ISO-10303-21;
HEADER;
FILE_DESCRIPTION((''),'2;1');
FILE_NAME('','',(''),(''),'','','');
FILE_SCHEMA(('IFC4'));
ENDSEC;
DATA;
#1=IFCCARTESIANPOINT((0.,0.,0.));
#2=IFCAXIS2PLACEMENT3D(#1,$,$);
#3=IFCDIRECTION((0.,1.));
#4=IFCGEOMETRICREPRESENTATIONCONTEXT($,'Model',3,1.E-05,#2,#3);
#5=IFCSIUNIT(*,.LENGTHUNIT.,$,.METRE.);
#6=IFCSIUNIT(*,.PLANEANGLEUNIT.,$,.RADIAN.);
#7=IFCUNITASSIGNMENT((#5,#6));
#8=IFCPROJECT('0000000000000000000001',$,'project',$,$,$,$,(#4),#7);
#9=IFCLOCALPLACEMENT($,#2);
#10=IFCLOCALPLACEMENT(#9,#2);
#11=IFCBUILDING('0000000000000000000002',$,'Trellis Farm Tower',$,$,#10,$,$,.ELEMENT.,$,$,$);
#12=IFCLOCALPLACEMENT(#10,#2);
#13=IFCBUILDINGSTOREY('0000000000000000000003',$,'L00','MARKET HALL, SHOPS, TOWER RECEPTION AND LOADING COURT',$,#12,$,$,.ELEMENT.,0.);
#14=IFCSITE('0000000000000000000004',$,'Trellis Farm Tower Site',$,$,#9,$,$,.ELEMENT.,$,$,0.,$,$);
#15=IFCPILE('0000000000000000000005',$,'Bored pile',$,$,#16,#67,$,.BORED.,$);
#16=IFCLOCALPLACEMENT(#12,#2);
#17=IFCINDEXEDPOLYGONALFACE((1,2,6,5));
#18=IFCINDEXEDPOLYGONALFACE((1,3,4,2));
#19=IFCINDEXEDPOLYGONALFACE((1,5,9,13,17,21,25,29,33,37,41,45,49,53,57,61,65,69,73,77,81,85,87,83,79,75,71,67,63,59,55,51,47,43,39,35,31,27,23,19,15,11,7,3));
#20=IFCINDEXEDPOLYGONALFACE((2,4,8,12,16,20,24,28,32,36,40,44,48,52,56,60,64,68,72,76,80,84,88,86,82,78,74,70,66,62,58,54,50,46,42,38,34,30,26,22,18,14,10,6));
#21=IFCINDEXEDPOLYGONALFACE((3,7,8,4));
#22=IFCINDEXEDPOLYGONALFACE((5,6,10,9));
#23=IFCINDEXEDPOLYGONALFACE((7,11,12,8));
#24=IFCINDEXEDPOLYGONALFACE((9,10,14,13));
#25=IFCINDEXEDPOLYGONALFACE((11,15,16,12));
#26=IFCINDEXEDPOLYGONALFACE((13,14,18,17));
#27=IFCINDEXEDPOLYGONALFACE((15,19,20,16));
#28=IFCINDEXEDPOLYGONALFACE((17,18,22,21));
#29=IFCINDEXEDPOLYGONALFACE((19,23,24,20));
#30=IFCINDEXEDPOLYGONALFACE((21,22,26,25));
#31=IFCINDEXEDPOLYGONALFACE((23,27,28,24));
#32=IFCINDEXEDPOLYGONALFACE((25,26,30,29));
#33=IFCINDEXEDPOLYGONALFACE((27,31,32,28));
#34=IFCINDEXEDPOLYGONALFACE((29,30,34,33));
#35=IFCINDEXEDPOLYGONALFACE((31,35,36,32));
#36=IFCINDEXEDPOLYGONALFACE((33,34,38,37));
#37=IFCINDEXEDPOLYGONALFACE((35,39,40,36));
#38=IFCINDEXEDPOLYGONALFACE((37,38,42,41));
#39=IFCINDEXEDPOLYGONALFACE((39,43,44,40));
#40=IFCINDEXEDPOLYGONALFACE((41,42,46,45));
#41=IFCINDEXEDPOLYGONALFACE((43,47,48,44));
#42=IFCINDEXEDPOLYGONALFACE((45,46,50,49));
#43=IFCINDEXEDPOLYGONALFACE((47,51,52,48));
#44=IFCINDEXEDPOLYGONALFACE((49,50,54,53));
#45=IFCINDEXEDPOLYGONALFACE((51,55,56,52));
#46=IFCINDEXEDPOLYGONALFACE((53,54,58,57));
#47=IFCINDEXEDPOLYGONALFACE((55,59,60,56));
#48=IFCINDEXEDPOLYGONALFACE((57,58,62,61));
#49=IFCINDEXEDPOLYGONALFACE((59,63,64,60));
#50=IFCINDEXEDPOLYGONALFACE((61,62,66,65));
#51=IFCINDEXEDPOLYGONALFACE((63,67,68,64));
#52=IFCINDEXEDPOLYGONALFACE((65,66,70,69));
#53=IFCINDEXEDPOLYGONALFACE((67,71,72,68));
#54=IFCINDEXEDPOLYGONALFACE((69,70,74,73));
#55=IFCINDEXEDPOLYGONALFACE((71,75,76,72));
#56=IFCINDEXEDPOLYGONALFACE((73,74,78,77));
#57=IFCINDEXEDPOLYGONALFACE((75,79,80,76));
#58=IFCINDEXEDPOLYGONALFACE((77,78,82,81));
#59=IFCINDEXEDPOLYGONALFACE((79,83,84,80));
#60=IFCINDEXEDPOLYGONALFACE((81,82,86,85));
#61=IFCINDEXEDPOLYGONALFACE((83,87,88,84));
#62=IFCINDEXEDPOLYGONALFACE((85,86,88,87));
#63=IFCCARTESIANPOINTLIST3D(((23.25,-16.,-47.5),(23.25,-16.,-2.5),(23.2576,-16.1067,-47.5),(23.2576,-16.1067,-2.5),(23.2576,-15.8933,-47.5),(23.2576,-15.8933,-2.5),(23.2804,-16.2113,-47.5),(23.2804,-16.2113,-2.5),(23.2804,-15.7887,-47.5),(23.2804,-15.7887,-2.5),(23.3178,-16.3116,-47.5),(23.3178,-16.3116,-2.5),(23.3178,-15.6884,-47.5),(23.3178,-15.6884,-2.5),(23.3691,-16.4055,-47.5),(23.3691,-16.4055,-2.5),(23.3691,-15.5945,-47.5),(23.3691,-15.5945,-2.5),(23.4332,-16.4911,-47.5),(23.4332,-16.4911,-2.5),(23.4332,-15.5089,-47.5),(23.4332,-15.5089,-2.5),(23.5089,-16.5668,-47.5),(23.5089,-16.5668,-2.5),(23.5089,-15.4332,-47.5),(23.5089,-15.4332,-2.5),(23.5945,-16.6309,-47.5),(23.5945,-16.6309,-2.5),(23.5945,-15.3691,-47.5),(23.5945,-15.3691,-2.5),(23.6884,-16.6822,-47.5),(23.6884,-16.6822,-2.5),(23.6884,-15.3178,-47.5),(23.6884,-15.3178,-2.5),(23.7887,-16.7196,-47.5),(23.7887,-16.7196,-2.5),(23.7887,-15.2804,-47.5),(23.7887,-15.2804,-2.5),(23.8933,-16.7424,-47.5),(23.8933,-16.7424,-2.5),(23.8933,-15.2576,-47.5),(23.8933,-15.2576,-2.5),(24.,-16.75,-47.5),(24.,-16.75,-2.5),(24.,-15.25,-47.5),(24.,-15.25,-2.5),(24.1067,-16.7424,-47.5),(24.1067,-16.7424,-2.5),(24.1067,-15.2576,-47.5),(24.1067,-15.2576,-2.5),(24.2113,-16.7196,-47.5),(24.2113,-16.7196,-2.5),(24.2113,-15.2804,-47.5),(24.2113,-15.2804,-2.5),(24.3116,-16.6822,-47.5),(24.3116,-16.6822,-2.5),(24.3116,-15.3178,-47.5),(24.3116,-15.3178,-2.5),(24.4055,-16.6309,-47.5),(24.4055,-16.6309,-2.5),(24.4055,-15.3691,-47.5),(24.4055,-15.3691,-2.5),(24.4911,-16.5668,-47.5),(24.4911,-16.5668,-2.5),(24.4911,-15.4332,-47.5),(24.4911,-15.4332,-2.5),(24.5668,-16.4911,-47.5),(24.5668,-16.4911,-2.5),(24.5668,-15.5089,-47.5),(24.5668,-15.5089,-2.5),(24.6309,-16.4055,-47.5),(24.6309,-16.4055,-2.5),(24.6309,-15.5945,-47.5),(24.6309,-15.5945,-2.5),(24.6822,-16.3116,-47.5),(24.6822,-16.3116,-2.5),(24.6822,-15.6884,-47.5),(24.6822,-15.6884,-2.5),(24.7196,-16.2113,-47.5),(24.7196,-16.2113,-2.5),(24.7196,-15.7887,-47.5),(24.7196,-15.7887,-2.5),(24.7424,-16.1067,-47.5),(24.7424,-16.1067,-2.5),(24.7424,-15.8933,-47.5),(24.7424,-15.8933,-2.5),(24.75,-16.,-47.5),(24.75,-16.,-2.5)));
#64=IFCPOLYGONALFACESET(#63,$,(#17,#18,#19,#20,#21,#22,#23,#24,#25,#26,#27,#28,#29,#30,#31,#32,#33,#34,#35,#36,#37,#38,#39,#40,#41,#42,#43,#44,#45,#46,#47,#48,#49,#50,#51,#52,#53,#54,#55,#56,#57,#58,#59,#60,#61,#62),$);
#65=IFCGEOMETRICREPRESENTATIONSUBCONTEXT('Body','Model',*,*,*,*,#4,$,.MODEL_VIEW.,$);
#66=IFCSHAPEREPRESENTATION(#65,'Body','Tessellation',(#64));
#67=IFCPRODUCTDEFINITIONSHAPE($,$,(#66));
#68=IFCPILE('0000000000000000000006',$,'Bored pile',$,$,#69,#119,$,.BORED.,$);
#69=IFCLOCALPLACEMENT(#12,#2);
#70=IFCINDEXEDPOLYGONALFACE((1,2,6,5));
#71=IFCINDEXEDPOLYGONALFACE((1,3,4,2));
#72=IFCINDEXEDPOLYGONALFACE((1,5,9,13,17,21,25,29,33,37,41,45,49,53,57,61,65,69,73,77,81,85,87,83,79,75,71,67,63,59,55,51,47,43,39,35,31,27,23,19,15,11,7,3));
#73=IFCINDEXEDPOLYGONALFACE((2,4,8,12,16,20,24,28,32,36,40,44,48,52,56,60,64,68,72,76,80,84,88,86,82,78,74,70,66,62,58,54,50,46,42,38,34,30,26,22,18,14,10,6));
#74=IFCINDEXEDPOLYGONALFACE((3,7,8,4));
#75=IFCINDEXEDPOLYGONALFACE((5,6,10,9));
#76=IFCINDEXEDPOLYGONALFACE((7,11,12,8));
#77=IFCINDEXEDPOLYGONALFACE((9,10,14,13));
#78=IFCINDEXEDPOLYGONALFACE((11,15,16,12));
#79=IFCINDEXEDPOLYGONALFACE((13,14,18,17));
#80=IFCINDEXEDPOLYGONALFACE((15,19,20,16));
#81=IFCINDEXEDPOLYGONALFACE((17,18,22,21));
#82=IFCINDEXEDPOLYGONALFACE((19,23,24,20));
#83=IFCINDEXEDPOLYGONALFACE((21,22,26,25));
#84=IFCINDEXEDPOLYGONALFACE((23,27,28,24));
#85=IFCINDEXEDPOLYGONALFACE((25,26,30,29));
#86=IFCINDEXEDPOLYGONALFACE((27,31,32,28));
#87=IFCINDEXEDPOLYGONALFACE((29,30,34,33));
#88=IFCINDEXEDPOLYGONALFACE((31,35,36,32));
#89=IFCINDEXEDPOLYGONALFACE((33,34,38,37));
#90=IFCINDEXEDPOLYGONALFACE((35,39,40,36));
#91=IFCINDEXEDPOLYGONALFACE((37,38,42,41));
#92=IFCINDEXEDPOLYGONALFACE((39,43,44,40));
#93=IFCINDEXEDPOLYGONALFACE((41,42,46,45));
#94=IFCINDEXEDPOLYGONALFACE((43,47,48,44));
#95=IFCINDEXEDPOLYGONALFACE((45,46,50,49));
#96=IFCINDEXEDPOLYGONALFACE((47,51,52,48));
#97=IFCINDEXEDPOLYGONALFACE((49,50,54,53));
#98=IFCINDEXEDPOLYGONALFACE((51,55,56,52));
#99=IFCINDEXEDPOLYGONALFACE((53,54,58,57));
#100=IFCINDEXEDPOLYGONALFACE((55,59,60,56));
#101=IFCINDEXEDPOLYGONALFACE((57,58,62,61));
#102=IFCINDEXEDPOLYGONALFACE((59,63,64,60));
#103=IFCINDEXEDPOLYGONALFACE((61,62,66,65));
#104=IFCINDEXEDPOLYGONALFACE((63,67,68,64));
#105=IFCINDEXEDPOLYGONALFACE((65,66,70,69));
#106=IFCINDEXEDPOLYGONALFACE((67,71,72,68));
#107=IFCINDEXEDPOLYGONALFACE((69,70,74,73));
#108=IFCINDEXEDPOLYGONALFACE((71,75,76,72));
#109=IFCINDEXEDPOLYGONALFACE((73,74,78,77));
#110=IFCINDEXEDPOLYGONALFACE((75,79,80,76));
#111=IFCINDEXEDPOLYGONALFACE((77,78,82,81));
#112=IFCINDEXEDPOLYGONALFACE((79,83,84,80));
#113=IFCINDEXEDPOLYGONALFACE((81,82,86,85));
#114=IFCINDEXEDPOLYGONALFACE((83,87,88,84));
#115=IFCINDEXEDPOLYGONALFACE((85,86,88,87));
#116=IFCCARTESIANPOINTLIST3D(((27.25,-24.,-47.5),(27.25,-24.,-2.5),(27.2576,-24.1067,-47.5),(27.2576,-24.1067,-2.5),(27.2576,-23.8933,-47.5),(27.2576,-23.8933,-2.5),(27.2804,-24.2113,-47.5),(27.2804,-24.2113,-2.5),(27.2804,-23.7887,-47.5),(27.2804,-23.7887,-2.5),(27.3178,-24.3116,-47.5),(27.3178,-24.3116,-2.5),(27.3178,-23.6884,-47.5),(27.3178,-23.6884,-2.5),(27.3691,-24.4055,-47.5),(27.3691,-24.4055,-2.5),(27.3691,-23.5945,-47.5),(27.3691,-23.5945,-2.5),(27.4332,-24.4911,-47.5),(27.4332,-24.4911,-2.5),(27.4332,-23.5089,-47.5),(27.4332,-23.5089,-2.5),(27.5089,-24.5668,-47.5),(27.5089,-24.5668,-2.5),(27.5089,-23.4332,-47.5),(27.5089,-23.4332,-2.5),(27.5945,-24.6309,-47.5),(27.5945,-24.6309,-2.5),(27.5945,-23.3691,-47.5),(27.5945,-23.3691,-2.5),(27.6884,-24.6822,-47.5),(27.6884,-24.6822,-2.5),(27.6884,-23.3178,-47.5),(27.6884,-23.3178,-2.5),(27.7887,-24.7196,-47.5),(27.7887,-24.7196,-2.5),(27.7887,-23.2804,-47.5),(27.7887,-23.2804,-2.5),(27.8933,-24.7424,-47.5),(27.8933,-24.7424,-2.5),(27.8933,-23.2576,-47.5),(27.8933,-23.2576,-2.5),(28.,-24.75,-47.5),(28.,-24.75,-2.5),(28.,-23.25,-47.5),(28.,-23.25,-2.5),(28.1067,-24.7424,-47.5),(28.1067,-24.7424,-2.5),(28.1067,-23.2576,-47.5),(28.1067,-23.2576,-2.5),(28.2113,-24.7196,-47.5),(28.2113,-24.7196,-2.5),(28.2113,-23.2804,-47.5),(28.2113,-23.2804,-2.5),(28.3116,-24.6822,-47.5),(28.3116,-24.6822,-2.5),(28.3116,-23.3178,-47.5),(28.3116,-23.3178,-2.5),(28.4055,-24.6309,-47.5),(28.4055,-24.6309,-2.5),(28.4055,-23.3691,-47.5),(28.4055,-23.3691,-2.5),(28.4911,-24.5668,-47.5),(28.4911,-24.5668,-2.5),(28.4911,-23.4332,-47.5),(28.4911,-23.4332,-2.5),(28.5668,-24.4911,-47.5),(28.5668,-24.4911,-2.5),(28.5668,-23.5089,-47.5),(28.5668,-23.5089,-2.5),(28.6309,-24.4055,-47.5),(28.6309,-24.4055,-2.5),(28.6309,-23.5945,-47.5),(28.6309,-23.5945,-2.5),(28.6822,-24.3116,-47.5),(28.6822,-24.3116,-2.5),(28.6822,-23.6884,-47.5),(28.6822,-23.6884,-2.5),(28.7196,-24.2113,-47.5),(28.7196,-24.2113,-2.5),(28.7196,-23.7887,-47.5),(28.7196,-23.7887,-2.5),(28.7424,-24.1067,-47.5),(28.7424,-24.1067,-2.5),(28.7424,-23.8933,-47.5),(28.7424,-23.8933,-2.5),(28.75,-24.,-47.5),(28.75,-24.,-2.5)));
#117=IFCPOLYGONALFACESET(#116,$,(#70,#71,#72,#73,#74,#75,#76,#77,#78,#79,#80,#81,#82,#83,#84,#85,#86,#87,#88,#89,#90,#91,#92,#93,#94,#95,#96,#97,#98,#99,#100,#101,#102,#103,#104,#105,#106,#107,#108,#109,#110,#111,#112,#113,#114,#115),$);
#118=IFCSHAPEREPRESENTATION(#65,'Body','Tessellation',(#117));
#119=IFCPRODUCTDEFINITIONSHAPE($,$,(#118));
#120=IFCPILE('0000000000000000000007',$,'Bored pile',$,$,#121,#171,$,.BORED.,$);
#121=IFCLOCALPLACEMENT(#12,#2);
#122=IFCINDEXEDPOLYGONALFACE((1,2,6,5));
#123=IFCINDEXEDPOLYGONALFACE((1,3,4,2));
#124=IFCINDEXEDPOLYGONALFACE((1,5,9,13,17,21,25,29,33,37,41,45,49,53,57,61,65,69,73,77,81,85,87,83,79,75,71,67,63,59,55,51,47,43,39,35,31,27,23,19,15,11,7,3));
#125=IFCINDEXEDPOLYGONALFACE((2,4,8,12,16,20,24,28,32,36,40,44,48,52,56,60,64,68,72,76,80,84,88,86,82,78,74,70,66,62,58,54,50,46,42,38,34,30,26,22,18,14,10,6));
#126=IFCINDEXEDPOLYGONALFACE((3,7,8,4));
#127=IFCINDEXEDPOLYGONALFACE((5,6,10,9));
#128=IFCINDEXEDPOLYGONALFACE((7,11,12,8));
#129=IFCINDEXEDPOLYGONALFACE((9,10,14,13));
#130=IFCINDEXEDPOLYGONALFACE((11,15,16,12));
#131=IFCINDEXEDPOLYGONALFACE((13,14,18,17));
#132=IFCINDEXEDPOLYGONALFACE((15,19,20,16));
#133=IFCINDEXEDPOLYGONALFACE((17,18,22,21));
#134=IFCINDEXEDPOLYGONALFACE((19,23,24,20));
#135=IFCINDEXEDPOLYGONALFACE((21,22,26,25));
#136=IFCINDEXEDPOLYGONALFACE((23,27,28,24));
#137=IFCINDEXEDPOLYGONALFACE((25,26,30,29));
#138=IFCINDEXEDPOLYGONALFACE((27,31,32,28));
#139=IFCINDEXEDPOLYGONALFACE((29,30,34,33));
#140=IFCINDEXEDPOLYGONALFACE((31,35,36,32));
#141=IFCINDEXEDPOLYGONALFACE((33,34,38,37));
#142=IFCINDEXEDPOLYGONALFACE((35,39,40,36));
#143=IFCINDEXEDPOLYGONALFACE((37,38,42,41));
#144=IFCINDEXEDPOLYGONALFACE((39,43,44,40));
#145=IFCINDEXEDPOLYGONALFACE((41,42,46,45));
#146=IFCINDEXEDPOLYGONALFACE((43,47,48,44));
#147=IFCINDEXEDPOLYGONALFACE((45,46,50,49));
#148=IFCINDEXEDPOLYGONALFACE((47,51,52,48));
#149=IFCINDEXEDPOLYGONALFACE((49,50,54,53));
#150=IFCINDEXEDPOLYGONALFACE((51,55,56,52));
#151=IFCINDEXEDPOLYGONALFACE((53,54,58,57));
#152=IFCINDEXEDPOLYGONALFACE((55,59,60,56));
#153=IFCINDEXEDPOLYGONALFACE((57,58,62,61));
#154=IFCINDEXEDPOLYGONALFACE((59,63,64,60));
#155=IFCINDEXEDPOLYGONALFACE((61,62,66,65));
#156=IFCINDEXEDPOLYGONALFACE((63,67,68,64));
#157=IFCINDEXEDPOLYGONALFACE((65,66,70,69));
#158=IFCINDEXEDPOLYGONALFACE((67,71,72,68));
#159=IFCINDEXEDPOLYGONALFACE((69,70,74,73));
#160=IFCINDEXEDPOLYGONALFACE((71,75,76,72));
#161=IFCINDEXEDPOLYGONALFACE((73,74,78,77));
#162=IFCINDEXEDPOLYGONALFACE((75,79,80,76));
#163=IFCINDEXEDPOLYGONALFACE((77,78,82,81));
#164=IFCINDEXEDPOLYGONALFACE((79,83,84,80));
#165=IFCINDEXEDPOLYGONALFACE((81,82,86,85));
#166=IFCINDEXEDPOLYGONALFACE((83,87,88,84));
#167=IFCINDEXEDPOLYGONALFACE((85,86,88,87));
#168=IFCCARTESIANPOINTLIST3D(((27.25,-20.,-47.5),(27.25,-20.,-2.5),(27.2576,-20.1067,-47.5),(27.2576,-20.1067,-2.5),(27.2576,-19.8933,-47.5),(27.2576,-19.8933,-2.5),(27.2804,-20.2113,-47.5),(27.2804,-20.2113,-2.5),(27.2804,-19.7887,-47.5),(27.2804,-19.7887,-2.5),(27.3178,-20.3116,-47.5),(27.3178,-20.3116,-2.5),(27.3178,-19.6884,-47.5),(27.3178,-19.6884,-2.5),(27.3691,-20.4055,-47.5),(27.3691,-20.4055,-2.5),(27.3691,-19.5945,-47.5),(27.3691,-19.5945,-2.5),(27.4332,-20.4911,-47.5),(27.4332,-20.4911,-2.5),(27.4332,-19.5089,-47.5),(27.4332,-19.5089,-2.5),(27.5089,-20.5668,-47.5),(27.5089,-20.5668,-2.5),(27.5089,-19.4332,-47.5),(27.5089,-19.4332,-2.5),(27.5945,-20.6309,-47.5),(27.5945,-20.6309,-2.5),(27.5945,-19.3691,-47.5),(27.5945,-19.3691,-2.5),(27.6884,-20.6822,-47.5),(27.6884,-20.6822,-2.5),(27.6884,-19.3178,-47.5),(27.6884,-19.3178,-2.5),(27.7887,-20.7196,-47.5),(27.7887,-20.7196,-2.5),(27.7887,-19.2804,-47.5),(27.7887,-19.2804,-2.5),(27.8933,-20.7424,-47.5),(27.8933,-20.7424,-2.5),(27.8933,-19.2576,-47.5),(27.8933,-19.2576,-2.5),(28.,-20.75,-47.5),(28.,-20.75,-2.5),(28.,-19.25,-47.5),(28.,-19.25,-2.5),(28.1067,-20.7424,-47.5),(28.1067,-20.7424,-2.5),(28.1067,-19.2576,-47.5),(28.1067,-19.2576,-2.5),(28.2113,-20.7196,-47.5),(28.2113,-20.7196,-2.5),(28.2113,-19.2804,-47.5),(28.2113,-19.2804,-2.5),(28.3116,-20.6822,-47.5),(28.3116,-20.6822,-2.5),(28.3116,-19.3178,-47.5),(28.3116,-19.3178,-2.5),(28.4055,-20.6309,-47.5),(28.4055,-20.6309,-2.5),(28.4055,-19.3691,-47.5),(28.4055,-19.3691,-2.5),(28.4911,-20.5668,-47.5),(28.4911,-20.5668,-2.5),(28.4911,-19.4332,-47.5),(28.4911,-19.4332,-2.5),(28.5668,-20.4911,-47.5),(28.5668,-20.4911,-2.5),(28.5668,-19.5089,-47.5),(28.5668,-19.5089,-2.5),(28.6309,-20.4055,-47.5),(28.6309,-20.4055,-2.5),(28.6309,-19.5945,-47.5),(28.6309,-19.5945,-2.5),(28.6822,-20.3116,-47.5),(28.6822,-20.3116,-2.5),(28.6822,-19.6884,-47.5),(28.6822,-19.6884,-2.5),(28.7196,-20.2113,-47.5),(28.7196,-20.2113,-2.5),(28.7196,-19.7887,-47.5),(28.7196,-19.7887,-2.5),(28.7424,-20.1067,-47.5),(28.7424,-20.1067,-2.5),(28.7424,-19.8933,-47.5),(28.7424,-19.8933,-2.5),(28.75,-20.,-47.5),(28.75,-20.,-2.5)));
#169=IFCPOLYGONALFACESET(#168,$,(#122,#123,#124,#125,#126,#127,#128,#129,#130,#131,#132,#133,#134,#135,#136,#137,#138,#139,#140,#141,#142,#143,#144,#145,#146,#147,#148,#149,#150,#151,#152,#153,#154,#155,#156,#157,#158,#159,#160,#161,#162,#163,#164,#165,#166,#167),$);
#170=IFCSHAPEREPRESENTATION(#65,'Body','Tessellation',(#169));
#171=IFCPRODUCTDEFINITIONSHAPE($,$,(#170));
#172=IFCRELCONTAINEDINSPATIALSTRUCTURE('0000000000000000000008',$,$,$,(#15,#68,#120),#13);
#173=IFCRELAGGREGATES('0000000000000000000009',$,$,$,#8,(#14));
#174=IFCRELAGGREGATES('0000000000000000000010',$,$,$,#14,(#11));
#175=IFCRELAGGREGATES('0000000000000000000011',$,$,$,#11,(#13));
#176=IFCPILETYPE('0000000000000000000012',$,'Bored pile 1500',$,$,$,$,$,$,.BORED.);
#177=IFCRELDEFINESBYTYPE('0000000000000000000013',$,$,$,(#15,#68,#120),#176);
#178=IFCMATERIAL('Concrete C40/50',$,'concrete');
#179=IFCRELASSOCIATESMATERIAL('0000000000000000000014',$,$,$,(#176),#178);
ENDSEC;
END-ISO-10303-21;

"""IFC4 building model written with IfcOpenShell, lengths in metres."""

from ifc_helpers import new_model, si_unit, direction, frame, origin, origin_2d, place, context, subcontext, project, spatial, circle, extrude, source, transform, mapped, material, material_profile, profile_set, type_object, element, save


model = new_model("IFC4")

# Units and contexts
model_context = context("Model", 3, precision=1e-05, world=origin(), true_north=direction((0.0, 1.0)))
body_context = subcontext(model_context, "Body", "Model", "MODEL_VIEW")
ifc_project = project(units=[si_unit("LENGTHUNIT", "METRE"), si_unit("PLANEANGLEUNIT", "RADIAN")], contexts=[model_context])

# Site, building, storey
site_placement = place(None, origin())
site = spatial("IfcSite", under=ifc_project, at=site_placement, Name="Trellis Farm Tower Site", CompositionType="ELEMENT", RefElevation=0.0)
building_placement = place(site_placement, origin())
building = spatial("IfcBuilding", under=site, at=building_placement, Name="Trellis Farm Tower", CompositionType="ELEMENT")
storey_placement = place(building_placement, origin())
storey = spatial("IfcBuildingStorey", under=building, at=storey_placement, Name="L00", Description="MARKET HALL, SHOPS, TOWER RECEPTION AND LOADING COURT", CompositionType="ELEMENT", Elevation=0.0)

# Piles
ifc_material_1 = material(Name="Concrete C40/50", Category="concrete")
ifc_material_profile_1 = material_profile(ifc_material_1, circle(Radius=0.75, at=origin_2d()), Name="Bored pile 1500")
ifc_profile_set_1 = profile_set([ifc_material_profile_1], Name="Concrete C40/50")
pile_type = type_object("IfcPileType", Name="Bored pile 1500", PredefinedType="BORED", material=ifc_profile_set_1)
shared_shape_1 = source(origin(), body_context, "Body", "SweptSolid", [
    extrude(circle(Radius=0.75, at=origin_2d()), origin(), (0.0, 0.0, 1.0), 45.0),
])
for number, where, z_axis, x_axis, name in (
    (1, (24.0, -16.0, -2.5), (0.0, 0.0, -1.0), (1.0, 0.0, 0.0), "Bored pile"),
    (2, (28.0, -24.0, -2.5), (0.0, 0.0, -1.0), (1.0, 0.0, 0.0), "Bored pile"),
    (3, (28.0, -20.0, -2.5), (0.0, 0.0, -1.0), (1.0, 0.0, 0.0), "Bored pile"),
):
    element("IfcPile", number, at=place(storey_placement, frame(where, z_axis=z_axis, x_axis=x_axis)), inside=storey, type_object=pile_type, Name=name, PredefinedType="BORED", context=body_context, shape_type="MappedRepresentation", body=[
        mapped(shared_shape_1, transform((0.0, 0.0, 0.0))),
    ])

save(model, "model.ifc")
